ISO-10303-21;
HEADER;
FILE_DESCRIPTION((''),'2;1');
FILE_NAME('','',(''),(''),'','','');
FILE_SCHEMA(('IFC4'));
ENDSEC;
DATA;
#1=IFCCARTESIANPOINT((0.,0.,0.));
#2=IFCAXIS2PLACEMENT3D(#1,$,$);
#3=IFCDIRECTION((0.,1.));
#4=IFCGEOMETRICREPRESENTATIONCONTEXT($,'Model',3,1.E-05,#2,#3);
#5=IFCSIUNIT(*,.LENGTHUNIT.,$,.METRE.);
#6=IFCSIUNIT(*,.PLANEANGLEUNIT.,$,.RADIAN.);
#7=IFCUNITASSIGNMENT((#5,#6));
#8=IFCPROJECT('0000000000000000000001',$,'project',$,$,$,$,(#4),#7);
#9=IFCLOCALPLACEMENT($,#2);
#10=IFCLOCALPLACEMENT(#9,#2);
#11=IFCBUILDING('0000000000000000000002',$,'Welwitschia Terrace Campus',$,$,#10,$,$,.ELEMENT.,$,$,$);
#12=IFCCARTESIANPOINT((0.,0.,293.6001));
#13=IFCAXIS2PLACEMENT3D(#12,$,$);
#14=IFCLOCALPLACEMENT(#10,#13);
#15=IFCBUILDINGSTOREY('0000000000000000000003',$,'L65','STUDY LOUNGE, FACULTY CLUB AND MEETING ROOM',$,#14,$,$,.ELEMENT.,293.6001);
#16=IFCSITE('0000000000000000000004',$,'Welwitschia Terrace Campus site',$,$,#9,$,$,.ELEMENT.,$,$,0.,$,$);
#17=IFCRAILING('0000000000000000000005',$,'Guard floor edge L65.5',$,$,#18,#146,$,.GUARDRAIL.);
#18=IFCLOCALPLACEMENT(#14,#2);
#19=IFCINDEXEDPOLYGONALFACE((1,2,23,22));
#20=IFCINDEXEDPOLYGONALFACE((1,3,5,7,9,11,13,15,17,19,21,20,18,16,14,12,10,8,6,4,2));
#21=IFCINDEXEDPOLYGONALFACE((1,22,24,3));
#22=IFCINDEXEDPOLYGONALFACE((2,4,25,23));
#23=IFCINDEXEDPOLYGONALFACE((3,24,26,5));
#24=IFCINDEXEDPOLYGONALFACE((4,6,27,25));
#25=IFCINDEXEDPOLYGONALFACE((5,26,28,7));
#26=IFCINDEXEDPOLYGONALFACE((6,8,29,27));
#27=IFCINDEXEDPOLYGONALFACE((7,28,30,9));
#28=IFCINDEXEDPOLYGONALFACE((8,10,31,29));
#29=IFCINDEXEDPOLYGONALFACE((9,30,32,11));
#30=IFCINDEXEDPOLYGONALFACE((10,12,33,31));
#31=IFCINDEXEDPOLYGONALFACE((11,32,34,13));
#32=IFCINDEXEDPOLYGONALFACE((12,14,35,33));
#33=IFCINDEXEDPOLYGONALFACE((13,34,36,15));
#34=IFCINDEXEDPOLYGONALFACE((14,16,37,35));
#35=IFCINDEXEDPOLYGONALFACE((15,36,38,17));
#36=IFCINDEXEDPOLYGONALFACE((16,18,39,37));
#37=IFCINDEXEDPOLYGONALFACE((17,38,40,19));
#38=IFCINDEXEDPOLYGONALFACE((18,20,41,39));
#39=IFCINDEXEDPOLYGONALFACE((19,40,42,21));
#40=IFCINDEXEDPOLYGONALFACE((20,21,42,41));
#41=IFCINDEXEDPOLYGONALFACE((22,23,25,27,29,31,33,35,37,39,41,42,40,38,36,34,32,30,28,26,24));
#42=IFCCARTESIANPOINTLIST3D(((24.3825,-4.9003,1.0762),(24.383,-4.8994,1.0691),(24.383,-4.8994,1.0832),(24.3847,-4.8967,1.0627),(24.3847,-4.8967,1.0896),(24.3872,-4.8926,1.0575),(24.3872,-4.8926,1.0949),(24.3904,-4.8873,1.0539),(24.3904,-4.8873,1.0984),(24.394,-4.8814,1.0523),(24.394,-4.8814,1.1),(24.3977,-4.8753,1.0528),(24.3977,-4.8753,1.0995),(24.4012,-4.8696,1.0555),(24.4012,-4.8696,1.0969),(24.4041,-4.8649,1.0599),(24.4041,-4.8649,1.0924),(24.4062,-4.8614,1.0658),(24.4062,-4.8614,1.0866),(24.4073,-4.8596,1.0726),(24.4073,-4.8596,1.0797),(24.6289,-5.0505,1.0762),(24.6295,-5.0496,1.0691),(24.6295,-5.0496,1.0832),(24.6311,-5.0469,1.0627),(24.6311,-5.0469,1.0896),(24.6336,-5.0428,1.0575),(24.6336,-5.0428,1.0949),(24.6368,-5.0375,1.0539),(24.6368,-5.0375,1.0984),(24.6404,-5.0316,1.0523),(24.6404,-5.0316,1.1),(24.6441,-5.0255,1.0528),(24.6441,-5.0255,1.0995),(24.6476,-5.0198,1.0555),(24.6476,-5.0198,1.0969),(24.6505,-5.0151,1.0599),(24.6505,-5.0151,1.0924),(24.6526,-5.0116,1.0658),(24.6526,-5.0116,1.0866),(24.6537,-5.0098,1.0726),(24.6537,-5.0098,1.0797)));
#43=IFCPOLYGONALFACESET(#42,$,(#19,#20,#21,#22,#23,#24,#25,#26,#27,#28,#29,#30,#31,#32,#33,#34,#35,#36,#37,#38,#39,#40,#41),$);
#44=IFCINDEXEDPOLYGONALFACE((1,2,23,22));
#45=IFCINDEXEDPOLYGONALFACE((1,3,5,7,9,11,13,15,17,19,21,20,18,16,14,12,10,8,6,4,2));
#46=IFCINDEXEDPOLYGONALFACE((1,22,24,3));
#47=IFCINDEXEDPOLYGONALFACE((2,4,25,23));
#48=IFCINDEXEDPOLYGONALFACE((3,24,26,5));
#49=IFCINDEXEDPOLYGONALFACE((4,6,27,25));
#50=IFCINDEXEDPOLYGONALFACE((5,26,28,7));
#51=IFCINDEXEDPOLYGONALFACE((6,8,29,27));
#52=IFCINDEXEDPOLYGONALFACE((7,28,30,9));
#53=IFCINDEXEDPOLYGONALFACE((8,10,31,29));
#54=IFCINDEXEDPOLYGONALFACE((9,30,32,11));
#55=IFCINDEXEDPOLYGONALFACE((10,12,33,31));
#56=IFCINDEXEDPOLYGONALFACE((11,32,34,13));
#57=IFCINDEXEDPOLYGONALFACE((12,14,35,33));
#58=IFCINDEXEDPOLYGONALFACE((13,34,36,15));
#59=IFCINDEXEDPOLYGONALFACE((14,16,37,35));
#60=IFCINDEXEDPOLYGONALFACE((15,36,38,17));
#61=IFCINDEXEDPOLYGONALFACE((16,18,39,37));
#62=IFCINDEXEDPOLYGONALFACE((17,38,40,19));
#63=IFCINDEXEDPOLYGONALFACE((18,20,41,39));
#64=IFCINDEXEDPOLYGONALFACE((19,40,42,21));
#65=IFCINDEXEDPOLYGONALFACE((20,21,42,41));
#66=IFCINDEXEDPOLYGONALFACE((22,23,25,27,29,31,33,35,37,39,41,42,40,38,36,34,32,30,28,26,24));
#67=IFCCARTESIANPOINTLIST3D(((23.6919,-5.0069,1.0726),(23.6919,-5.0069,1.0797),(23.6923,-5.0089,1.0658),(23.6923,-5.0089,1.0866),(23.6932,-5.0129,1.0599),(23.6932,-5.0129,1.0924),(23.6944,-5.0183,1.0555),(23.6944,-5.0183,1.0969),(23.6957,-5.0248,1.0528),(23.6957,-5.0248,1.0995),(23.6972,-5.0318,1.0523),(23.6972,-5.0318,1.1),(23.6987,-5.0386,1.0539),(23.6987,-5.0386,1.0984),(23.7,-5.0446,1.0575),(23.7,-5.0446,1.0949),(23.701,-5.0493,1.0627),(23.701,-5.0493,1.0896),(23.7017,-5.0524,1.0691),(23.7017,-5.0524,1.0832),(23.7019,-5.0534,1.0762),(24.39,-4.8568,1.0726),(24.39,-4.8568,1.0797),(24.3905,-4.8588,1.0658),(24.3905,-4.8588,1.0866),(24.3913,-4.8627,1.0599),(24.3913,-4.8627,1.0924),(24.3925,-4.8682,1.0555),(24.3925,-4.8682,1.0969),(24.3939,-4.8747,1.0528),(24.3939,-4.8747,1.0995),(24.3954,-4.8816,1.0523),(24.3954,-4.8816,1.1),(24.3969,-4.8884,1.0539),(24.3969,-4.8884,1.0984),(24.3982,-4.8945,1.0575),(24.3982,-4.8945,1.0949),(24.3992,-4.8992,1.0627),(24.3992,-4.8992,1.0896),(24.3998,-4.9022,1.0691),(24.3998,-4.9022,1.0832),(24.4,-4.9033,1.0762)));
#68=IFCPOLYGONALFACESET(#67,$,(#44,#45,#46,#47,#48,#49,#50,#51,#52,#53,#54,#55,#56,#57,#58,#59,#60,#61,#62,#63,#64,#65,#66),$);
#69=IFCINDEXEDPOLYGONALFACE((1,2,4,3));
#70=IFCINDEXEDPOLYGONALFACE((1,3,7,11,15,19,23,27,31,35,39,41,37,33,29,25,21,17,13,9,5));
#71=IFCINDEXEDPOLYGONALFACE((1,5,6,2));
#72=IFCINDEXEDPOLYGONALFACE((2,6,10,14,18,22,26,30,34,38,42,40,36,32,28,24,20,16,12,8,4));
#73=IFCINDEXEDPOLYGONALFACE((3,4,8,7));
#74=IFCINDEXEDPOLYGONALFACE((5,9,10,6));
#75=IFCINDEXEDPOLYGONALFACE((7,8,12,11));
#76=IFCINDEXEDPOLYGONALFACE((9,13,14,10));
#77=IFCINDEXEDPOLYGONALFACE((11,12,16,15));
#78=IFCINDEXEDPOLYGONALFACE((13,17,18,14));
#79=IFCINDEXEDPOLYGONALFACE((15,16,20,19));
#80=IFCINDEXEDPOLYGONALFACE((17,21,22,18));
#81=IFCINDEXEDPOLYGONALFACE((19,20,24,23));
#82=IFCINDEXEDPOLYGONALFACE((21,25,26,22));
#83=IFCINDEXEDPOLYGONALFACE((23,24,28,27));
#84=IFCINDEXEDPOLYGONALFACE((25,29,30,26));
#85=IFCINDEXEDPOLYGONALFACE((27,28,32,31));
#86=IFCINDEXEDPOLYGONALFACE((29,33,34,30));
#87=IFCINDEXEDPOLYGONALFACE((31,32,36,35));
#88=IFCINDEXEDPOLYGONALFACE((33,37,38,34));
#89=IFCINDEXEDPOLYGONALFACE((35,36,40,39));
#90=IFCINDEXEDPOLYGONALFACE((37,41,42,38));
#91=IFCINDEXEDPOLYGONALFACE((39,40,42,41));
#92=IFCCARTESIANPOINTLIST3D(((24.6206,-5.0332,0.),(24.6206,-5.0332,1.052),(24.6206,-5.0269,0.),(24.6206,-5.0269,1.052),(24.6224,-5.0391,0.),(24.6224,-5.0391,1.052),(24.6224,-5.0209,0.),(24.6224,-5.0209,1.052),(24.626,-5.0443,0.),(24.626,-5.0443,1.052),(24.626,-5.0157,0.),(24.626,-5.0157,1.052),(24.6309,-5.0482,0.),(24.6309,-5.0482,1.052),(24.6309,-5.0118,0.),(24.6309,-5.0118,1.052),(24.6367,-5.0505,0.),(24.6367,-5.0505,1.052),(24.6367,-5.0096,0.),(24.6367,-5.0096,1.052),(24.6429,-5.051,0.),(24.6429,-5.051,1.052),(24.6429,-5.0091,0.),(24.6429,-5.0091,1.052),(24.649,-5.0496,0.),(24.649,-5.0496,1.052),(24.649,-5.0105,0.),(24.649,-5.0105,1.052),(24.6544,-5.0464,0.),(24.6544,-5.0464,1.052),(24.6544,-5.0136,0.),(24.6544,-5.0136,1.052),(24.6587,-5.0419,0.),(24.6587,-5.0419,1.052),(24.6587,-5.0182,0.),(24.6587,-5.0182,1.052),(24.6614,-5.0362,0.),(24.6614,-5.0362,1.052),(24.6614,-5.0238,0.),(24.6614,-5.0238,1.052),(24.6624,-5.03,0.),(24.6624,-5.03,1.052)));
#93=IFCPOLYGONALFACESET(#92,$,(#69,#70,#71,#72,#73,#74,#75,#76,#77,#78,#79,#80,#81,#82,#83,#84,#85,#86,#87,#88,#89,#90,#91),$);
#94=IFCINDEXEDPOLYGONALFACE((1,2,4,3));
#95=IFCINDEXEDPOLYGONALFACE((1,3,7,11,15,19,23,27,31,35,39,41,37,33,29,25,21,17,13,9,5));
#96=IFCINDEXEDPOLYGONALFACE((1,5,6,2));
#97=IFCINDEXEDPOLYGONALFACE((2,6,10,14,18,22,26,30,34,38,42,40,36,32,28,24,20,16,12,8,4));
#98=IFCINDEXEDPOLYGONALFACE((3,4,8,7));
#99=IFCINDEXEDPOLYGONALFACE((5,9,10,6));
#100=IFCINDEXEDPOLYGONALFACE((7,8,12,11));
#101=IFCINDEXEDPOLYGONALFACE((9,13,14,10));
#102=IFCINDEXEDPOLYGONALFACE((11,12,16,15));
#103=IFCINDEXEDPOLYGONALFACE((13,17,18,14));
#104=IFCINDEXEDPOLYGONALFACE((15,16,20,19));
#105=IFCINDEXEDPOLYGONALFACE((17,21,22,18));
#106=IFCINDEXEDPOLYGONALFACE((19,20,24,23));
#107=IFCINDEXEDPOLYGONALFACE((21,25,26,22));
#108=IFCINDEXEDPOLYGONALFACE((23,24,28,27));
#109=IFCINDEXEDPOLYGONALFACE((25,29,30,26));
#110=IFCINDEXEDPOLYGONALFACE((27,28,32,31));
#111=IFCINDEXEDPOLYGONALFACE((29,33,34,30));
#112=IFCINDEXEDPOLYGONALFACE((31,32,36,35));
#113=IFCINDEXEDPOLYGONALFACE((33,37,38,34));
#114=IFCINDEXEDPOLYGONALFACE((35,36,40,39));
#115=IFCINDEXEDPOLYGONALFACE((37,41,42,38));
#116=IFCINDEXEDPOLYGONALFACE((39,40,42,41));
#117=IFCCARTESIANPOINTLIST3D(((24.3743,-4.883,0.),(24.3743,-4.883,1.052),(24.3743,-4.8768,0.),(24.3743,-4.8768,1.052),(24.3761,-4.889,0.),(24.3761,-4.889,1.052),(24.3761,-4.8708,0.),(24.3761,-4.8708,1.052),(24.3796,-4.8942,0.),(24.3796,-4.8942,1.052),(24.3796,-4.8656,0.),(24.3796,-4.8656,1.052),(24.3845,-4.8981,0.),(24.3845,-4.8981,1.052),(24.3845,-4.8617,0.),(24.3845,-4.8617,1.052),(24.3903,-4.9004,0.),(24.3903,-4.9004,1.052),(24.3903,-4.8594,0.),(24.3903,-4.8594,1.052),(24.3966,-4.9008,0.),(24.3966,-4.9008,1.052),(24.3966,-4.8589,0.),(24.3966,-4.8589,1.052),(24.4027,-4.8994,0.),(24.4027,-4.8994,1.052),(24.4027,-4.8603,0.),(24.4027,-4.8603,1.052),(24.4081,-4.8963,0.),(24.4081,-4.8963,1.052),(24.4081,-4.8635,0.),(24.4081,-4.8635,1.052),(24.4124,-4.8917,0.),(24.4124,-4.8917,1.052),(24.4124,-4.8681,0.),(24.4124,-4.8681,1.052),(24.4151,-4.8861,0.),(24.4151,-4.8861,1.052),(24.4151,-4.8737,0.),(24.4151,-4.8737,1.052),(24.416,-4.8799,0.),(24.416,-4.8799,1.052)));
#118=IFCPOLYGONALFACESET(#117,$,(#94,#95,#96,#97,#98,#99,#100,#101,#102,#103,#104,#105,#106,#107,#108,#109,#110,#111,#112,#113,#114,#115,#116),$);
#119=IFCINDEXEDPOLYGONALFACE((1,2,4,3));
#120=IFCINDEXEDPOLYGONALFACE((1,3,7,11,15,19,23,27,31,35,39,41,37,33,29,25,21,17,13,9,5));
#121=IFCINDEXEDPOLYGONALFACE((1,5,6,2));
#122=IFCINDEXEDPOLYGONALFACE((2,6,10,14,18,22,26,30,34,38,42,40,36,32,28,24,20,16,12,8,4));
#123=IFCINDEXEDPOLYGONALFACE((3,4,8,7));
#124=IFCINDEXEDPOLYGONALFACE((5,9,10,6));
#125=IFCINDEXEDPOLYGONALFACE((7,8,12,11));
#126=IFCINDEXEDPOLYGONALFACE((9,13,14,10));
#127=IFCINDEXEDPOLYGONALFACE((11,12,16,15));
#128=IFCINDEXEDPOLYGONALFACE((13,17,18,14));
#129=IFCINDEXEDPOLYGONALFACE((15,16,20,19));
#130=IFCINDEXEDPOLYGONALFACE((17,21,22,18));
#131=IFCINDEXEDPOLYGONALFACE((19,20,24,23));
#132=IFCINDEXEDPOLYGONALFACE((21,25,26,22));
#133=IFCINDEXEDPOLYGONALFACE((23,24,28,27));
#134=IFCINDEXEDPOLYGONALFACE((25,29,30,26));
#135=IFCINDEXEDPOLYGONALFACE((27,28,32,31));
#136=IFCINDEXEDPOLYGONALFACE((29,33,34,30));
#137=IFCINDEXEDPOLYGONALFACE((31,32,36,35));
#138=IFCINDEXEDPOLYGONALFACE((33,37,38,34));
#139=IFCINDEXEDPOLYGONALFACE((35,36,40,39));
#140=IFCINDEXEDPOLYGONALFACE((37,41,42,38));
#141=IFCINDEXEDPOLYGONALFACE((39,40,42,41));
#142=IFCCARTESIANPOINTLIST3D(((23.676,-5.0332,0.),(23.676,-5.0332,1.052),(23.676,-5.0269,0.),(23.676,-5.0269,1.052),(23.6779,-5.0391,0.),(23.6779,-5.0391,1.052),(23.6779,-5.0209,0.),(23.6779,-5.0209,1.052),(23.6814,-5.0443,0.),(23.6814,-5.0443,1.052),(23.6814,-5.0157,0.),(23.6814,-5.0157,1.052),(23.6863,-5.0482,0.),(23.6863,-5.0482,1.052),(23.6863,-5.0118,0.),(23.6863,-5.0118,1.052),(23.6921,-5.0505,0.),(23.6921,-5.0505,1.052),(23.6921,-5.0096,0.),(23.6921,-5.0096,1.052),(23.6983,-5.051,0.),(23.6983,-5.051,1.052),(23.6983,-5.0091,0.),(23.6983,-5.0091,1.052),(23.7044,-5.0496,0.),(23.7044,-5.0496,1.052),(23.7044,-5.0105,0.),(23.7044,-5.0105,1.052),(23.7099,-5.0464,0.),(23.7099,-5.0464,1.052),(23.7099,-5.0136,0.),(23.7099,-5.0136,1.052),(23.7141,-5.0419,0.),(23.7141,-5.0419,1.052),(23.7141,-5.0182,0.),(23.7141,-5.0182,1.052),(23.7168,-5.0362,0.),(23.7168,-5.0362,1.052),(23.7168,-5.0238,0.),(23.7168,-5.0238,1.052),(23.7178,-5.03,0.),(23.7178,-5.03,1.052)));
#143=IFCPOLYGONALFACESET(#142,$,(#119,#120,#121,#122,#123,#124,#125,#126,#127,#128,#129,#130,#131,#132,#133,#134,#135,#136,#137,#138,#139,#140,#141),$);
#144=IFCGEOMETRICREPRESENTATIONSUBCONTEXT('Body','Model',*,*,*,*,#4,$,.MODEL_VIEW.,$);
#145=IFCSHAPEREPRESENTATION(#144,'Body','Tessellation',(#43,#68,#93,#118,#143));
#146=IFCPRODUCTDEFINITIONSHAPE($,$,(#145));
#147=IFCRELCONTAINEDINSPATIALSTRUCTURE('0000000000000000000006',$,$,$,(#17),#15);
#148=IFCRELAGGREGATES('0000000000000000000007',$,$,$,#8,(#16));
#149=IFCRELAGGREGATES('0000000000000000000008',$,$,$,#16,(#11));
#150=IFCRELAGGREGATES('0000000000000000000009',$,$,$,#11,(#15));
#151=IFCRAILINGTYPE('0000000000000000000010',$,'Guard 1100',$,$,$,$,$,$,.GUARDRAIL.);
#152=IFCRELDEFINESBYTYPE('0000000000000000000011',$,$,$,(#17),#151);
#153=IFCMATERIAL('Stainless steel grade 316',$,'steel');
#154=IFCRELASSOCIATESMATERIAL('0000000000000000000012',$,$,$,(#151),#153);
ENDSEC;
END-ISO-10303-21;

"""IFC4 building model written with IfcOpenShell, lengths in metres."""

from ifc_helpers import new_model, si_unit, direction, frame, origin, origin_2d, place, context, subcontext, project, spatial, circle, extrude, material, type_object, element, save


model = new_model("IFC4")

# Units and contexts
model_context = context("Model", 3, precision=1e-05, world=origin(), true_north=direction((0.0, 1.0)))
body_context = subcontext(model_context, "Body", "Model", "MODEL_VIEW")
ifc_project = project(units=[si_unit("LENGTHUNIT", "METRE"), si_unit("PLANEANGLEUNIT", "RADIAN")], contexts=[model_context])

# Site, building, storey
site_placement = place(None, origin())
site = spatial("IfcSite", under=ifc_project, at=site_placement, Name="Welwitschia Terrace Campus site", CompositionType="ELEMENT", RefElevation=0.0)
building_placement = place(site_placement, origin())
building = spatial("IfcBuilding", under=site, at=building_placement, Name="Welwitschia Terrace Campus", CompositionType="ELEMENT")
storey_placement = place(building_placement, frame((0.0, 0.0, 293.6001)))
storey = spatial("IfcBuildingStorey", under=building, at=storey_placement, Name="L65", Description="STUDY LOUNGE, FACULTY CLUB AND MEETING ROOM", CompositionType="ELEMENT", Elevation=293.6001)

# Railing
ifc_material_1 = material(Name="Stainless steel grade 316", Category="steel")
railing_type = type_object("IfcRailingType", Name="Guard 1100", PredefinedType="GUARDRAIL", material=ifc_material_1)
railing_placement = place(storey_placement, frame((24.6414, -5.03, 0.0)))
element("IfcRailing", 1, at=railing_placement, inside=storey, type_object=railing_type, Name="Guard floor edge L65.5", PredefinedType="GUARDRAIL", context=body_context, shape_type="SweptSolid", body=[
    extrude(circle(Radius=0.0239, at=origin_2d()), frame((0.0, 0.0, 1.0762), z_axis=(-0.853888, 0.520457, 0.0), x_axis=(-0.520457, -0.853888, 0.0)), (0.0, 0.0, 1.0), 0.2886),
    extrude(circle(Radius=0.0239, at=origin_2d()), frame((-0.2463, 0.1501, 1.0762), z_axis=(-0.977652, -0.210229, 0.0), x_axis=(0.210229, -0.977652, 0.0)), (0.0, 0.0, 1.0), 0.7141),
    extrude(circle(Radius=0.021, at=origin_2d()), origin(), (0.0, 0.0, 1.0), 1.052),
    extrude(circle(Radius=0.021, at=origin_2d()), frame((-0.2463, 0.1501, 0.0)), (0.0, 0.0, 1.0), 1.052),
    extrude(circle(Radius=0.021, at=origin_2d()), frame((-0.9446, 0.0, 0.0)), (0.0, 0.0, 1.0), 1.052),
])

save(model, "model.ifc")
